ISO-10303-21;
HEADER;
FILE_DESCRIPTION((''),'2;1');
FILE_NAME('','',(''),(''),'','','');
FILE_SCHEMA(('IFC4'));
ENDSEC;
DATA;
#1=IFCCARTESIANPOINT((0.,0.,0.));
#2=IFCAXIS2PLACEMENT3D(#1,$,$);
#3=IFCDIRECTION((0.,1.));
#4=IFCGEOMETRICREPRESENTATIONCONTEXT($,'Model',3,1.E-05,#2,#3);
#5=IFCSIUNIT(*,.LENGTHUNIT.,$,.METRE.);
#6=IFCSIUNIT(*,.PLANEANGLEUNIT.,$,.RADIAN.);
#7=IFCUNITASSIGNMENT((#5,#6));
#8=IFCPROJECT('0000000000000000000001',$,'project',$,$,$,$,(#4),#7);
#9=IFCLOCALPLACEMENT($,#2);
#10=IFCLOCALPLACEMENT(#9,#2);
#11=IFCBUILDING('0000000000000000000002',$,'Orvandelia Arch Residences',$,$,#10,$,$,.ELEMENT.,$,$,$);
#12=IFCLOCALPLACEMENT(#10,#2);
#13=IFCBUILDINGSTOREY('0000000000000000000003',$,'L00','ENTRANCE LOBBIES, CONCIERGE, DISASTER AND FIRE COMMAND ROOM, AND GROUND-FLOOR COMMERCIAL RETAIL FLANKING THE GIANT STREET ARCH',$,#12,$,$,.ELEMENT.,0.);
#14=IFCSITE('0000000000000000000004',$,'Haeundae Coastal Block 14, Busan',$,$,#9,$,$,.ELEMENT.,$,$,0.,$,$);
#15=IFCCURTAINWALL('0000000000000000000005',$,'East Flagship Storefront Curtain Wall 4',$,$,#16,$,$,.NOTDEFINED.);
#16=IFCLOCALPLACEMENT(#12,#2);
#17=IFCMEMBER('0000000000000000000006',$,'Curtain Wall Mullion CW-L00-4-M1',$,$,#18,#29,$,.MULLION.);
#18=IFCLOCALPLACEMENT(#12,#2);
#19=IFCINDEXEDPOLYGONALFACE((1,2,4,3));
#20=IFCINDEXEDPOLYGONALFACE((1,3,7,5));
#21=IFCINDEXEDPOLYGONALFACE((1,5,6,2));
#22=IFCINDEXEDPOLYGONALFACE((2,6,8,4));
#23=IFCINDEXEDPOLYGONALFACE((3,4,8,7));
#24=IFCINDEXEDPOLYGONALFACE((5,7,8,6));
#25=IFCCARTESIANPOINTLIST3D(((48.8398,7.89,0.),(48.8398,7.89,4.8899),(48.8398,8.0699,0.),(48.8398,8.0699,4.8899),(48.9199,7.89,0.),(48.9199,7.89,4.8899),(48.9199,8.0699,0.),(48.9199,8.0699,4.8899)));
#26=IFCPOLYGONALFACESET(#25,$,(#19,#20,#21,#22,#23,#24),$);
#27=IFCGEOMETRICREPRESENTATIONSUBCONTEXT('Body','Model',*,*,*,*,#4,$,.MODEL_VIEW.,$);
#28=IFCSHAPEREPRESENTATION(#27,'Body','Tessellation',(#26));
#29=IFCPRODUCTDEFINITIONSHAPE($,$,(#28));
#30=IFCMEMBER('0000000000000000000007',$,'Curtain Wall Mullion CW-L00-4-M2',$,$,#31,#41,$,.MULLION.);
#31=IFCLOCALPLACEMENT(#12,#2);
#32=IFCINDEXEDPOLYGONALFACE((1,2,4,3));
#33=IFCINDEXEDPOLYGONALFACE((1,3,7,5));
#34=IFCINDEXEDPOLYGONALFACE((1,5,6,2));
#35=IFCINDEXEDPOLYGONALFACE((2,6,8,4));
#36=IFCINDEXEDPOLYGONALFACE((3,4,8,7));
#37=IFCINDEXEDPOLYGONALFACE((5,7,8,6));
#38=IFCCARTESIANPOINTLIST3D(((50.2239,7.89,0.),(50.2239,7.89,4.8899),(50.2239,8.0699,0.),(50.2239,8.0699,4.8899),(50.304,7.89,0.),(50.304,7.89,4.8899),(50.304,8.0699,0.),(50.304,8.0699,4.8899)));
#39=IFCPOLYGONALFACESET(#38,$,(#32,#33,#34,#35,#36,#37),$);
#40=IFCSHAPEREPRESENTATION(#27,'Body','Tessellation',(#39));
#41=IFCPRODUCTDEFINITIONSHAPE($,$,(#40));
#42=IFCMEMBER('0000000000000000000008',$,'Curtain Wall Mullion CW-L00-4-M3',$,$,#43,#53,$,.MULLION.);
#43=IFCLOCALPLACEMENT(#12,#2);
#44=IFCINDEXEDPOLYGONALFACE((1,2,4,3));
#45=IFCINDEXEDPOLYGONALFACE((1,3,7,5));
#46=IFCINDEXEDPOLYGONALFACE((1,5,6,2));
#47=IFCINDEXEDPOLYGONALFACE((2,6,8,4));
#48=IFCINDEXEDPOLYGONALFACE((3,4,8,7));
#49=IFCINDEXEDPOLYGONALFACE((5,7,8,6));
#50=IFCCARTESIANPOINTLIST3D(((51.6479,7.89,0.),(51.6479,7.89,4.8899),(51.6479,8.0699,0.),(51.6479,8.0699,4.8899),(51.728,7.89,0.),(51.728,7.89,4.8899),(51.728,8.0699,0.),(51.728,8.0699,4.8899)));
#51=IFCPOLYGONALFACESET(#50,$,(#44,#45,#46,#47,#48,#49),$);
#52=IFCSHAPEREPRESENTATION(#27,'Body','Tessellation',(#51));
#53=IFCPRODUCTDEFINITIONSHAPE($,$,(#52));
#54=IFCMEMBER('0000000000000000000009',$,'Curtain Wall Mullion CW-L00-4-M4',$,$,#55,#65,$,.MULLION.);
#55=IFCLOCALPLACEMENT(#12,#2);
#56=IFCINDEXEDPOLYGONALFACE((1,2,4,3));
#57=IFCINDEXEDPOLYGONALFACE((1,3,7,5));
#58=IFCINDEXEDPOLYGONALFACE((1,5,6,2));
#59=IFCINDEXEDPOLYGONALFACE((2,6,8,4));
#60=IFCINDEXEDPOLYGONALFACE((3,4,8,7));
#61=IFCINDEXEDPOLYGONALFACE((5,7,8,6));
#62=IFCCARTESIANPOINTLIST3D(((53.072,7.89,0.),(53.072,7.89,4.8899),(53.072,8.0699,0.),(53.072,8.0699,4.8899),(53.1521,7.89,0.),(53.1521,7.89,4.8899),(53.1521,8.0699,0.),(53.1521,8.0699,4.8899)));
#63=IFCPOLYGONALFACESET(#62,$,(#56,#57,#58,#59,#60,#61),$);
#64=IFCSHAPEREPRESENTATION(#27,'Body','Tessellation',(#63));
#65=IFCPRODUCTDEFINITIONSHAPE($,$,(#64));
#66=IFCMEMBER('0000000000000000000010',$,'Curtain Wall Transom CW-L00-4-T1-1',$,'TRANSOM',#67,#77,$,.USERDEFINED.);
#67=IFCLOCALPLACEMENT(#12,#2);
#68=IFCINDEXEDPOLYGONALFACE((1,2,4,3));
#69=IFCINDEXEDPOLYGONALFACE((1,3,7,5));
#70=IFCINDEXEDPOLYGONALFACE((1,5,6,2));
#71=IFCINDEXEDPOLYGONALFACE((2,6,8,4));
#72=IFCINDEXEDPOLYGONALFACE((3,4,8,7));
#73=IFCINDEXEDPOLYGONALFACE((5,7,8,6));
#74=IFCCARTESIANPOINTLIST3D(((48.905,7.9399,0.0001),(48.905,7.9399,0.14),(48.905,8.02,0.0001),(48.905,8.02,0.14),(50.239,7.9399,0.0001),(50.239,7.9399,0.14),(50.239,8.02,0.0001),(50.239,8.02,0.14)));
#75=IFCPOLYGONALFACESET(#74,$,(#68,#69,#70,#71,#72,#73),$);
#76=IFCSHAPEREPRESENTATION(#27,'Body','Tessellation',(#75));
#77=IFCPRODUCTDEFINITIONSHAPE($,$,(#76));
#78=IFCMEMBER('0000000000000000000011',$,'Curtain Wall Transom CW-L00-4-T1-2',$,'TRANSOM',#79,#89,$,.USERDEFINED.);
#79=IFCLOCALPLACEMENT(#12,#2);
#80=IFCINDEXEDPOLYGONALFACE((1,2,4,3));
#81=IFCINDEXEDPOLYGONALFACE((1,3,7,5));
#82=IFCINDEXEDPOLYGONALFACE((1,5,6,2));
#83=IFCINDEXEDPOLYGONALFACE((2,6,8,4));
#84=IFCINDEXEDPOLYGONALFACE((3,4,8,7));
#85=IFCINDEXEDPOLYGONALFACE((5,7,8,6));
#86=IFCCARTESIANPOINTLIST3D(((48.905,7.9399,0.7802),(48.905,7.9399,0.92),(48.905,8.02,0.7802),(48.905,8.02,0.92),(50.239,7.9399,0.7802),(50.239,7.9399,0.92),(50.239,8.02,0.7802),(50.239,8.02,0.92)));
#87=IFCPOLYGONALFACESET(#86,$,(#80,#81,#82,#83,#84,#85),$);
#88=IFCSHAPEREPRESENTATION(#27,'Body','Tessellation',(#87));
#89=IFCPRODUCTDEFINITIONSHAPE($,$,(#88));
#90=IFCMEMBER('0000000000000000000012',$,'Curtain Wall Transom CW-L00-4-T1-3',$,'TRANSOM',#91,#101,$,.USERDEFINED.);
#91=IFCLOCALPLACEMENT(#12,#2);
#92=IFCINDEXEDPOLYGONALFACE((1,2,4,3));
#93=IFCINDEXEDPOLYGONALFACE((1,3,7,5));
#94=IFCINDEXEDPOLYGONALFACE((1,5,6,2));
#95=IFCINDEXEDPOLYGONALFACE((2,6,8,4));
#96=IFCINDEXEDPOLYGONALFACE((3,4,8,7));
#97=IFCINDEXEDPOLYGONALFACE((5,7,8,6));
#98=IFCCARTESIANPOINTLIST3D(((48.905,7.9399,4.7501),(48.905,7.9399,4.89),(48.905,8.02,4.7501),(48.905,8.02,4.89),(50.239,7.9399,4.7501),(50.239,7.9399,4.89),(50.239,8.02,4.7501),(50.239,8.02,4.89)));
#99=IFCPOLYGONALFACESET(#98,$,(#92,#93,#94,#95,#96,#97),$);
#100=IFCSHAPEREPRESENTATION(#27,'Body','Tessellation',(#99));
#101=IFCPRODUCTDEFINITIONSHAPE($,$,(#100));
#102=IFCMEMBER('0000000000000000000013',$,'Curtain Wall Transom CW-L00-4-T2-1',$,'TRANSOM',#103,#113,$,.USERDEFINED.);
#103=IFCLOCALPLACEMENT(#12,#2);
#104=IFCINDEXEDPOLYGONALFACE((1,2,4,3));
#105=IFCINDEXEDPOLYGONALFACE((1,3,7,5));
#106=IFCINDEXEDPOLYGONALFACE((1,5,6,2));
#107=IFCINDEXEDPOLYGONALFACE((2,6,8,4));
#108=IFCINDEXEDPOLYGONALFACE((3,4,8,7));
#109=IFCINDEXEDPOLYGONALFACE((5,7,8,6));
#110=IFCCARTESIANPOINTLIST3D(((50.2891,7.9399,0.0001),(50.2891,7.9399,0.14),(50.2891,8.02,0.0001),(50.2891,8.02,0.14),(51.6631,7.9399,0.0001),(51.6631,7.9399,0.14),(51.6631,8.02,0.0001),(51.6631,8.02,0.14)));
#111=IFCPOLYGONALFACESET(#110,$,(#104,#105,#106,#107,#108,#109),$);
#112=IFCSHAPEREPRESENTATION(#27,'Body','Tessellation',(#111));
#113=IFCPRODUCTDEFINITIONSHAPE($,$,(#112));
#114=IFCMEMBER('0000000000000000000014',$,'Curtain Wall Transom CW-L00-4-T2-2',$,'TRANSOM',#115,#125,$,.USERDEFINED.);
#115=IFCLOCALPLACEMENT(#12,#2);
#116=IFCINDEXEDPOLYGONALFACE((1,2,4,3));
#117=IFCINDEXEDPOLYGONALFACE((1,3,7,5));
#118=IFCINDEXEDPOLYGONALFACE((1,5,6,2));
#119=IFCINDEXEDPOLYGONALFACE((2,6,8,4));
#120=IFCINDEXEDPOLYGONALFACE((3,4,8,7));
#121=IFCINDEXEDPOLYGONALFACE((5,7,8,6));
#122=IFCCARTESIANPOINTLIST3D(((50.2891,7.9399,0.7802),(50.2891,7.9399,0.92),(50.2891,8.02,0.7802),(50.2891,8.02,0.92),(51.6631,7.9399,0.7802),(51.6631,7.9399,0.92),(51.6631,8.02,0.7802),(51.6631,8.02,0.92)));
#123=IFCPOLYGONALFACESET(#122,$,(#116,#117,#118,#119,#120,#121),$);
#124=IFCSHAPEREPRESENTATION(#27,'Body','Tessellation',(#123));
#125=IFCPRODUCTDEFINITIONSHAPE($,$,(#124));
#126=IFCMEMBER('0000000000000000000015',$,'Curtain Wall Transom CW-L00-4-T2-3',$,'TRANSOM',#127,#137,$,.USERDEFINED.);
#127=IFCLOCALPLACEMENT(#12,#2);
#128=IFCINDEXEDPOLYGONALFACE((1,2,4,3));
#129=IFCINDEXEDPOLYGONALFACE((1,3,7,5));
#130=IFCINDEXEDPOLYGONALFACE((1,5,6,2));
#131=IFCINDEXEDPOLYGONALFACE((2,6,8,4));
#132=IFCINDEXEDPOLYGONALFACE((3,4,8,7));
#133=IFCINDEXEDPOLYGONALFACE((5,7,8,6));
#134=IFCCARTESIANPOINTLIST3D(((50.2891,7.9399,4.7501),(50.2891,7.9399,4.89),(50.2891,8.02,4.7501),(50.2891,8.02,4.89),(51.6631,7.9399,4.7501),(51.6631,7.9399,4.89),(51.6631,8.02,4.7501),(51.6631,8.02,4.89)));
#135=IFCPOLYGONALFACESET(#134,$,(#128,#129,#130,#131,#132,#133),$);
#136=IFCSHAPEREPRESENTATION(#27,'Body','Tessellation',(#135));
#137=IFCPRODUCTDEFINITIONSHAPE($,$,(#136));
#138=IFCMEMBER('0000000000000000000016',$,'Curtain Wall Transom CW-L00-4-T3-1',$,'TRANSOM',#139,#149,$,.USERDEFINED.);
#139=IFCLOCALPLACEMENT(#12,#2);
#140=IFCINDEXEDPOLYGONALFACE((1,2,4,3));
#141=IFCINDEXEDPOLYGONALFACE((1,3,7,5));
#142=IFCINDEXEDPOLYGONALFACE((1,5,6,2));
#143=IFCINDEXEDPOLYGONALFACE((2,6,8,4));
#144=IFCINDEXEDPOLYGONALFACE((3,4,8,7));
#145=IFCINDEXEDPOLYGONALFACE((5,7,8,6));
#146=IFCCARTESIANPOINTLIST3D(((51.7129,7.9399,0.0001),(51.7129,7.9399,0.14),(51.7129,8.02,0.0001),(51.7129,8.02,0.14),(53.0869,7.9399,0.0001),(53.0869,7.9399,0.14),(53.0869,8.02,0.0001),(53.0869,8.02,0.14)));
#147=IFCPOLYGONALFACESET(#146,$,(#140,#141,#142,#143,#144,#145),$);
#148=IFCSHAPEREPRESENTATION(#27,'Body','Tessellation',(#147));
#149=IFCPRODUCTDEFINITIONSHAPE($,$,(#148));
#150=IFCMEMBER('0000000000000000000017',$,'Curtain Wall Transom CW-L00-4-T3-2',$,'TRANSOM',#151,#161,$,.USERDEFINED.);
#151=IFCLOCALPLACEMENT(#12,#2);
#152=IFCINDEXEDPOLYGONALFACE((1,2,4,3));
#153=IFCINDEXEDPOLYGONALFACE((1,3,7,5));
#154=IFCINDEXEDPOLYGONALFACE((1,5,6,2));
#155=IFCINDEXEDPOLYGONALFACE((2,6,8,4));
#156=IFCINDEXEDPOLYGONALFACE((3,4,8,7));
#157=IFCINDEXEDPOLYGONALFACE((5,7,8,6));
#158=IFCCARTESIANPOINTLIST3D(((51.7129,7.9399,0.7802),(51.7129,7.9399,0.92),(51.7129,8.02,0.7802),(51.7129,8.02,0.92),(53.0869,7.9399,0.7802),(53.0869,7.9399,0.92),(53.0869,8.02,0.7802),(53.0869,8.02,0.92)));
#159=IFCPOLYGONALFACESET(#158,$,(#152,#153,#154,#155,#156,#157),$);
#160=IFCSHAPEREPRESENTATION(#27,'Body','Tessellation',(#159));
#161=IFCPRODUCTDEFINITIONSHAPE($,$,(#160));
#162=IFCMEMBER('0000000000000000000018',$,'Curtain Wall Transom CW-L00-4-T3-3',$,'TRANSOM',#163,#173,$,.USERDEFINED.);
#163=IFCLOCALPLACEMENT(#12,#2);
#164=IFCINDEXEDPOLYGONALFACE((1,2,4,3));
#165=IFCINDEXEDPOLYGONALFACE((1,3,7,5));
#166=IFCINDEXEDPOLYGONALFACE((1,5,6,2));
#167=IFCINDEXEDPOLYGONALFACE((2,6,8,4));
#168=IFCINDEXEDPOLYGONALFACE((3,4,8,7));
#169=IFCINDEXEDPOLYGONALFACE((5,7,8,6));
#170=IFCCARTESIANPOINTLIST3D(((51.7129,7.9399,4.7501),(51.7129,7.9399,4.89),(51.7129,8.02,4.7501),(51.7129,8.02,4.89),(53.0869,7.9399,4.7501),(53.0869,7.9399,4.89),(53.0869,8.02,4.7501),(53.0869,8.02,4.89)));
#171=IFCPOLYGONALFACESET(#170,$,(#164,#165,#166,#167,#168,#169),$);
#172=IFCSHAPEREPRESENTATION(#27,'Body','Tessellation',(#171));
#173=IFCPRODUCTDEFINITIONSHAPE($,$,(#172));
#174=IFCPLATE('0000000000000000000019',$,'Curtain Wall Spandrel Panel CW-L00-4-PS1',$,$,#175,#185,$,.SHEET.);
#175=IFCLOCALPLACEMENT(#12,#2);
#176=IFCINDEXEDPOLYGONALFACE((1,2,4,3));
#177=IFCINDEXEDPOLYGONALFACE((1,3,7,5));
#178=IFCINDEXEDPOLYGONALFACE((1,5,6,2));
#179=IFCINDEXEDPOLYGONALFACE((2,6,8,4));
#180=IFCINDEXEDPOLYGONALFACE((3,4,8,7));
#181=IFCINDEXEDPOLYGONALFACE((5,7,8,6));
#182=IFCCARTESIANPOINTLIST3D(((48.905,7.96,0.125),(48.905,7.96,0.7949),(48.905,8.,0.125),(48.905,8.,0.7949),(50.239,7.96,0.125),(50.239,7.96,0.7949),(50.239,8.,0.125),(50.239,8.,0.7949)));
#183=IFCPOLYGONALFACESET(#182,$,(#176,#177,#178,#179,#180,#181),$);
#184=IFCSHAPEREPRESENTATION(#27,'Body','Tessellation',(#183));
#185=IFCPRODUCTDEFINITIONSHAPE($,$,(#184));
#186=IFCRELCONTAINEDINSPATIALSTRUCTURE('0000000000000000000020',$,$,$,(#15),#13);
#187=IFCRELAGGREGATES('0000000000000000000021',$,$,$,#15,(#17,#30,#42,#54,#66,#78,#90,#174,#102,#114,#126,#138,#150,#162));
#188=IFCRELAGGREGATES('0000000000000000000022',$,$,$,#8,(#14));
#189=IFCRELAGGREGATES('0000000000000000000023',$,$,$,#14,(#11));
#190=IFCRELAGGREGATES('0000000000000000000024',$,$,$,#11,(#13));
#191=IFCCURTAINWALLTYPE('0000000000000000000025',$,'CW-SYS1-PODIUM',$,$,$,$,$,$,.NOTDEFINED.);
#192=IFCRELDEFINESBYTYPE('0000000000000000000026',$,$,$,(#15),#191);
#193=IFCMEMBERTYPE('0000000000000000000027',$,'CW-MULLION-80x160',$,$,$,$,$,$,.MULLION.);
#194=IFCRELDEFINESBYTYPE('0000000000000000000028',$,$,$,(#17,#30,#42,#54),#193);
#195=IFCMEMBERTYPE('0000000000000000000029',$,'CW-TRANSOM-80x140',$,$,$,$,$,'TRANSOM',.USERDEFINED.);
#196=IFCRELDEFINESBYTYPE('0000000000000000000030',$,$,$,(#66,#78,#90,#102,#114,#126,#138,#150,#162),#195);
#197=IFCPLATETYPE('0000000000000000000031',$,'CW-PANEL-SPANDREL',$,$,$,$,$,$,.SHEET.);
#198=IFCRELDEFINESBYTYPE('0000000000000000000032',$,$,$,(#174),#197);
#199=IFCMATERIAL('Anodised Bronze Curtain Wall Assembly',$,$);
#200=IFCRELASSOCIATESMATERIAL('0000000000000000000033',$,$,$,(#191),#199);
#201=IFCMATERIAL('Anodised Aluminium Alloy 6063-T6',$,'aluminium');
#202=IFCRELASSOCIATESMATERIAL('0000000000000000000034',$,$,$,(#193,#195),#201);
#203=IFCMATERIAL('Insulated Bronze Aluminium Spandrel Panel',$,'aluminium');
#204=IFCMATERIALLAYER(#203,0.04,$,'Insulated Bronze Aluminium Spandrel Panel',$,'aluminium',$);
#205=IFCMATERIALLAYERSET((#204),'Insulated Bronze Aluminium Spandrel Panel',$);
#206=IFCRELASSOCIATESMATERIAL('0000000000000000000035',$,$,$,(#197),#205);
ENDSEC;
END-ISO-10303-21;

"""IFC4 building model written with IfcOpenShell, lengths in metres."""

from ifc_helpers import new_model, si_unit, direction, frame, origin, origin_2d, place, context, subcontext, project, spatial, rectangle, extrude, material, layer, layer_set, material_profile, profile_set, type_object, element, aggregate, save


model = new_model("IFC4")

# Units and contexts
model_context = context("Model", 3, precision=1e-05, world=origin(), true_north=direction((0.0, 1.0)))
body_context = subcontext(model_context, "Body", "Model", "MODEL_VIEW")
ifc_project = project(units=[si_unit("LENGTHUNIT", "METRE"), si_unit("PLANEANGLEUNIT", "RADIAN")], contexts=[model_context])

# Site, building, storey
site_placement = place(None, origin())
site = spatial("IfcSite", under=ifc_project, at=site_placement, Name="Haeundae Coastal Block 14, Busan", CompositionType="ELEMENT", RefElevation=0.0)
building_placement = place(site_placement, origin())
building = spatial("IfcBuilding", under=site, at=building_placement, Name="Orvandelia Arch Residences", CompositionType="ELEMENT")
storey_placement = place(building_placement, origin())
storey = spatial("IfcBuildingStorey", under=building, at=storey_placement, Name="L00", Description="ENTRANCE LOBBIES, CONCIERGE, DISASTER AND FIRE COMMAND ROOM, AND GROUND-FLOOR COMMERCIAL RETAIL FLANKING THE GIANT STREET ARCH", CompositionType="ELEMENT", Elevation=0.0)

# Curtain wall, members, plate
ifc_material_1 = material(Name="Anodised Bronze Curtain Wall Assembly")
curtain_wall_type = type_object("IfcCurtainWallType", Name="CW-SYS1-PODIUM", PredefinedType="NOTDEFINED", material=ifc_material_1)
curtain_wall_placement = place(storey_placement, origin())
curtain_wall = element("IfcCurtainWall", 1, at=curtain_wall_placement, inside=storey, type_object=curtain_wall_type, Name="East Flagship Storefront Curtain Wall 4", PredefinedType="NOTDEFINED")
ifc_material_2 = material(Name="Anodised Aluminium Alloy 6063-T6", Category="aluminium")
ifc_material_profile_1 = material_profile(ifc_material_2, rectangle(XDim=0.0801, YDim=0.1799, at=origin_2d()), Name="Anodised Aluminium Alloy 6063-T6", Category="aluminium")
ifc_profile_set_1 = profile_set([ifc_material_profile_1], Name="Anodised Aluminium Alloy 6063-T6")
member_type_1 = type_object("IfcMemberType", Name="CW-MULLION-80x160", PredefinedType="MULLION", material=ifc_profile_set_1)
member_1_placement = place(storey_placement, frame((48.8799, 7.98, 0.0), z_axis=(0.0, 0.0, 1.0), x_axis=(1.0, 0.0, 0.0)))
member_1 = element("IfcMember", 2, at=member_1_placement, type_object=member_type_1, Name="Curtain Wall Mullion CW-L00-4-M1", PredefinedType="MULLION", context=body_context, shape_type="SweptSolid", body=[
    extrude(rectangle(XDim=0.0801, YDim=0.1799, at=origin_2d()), origin(), (0.0, 0.0, 1.0), 4.8899),
])
member_2_placement = place(storey_placement, frame((50.2639, 7.98, 0.0), z_axis=(0.0, 0.0, 1.0), x_axis=(1.0, 0.0, 0.0)))
member_2 = element("IfcMember", 3, at=member_2_placement, type_object=member_type_1, Name="Curtain Wall Mullion CW-L00-4-M2", PredefinedType="MULLION", context=body_context, shape_type="SweptSolid", body=[
    extrude(rectangle(XDim=0.0801, YDim=0.1799, at=origin_2d()), origin(), (0.0, 0.0, 1.0), 4.8899),
])
member_3_placement = place(storey_placement, frame((51.688, 7.98, 0.0), z_axis=(0.0, 0.0, 1.0), x_axis=(1.0, 0.0, 0.0)))
member_3 = element("IfcMember", 4, at=member_3_placement, type_object=member_type_1, Name="Curtain Wall Mullion CW-L00-4-M3", PredefinedType="MULLION", context=body_context, shape_type="SweptSolid", body=[
    extrude(rectangle(XDim=0.0801, YDim=0.1799, at=origin_2d()), origin(), (0.0, 0.0, 1.0), 4.8899),
])
member_4_placement = place(storey_placement, frame((53.1121, 7.98, 0.0), z_axis=(0.0, 0.0, 1.0), x_axis=(1.0, 0.0, 0.0)))
member_4 = element("IfcMember", 5, at=member_4_placement, type_object=member_type_1, Name="Curtain Wall Mullion CW-L00-4-M4", PredefinedType="MULLION", context=body_context, shape_type="SweptSolid", body=[
    extrude(rectangle(XDim=0.0801, YDim=0.1799, at=origin_2d()), origin(), (0.0, 0.0, 1.0), 4.8899),
])
ifc_material_profile_2 = material_profile(ifc_material_2, rectangle(XDim=0.0801, YDim=0.1399, at=origin_2d()), Name="Anodised Aluminium Alloy 6063-T6", Category="aluminium")
ifc_profile_set_2 = profile_set([ifc_material_profile_2], Name="Anodised Aluminium Alloy 6063-T6")
member_type_2 = type_object("IfcMemberType", Name="CW-TRANSOM-80x140", ElementType="TRANSOM", PredefinedType="USERDEFINED", material=ifc_profile_set_2)
member_5_placement = place(storey_placement, frame((48.905, 7.98, 0.0701), z_axis=(1.0, 0.0, 0.0), x_axis=(0.0, 1.0, 0.0)))
member_5 = element("IfcMember", 6, at=member_5_placement, type_object=member_type_2, Name="Curtain Wall Transom CW-L00-4-T1-1", ObjectType="TRANSOM", PredefinedType="USERDEFINED", context=body_context, shape_type="SweptSolid", body=[
    extrude(rectangle(XDim=0.0801, YDim=0.1399, at=origin_2d()), origin(), (0.0, 0.0, 1.0), 1.334),
])
member_6_placement = place(storey_placement, frame((48.905, 7.98, 0.8501), z_axis=(1.0, 0.0, 0.0), x_axis=(0.0, 1.0, 0.0)))
member_6 = element("IfcMember", 7, at=member_6_placement, type_object=member_type_2, Name="Curtain Wall Transom CW-L00-4-T1-2", ObjectType="TRANSOM", PredefinedType="USERDEFINED", context=body_context, shape_type="SweptSolid", body=[
    extrude(rectangle(XDim=0.0801, YDim=0.1399, at=origin_2d()), origin(), (0.0, 0.0, 1.0), 1.334),
])
member_7_placement = place(storey_placement, frame((48.905, 7.98, 4.8201), z_axis=(1.0, 0.0, 0.0), x_axis=(0.0, 1.0, 0.0)))
member_7 = element("IfcMember", 8, at=member_7_placement, type_object=member_type_2, Name="Curtain Wall Transom CW-L00-4-T1-3", ObjectType="TRANSOM", PredefinedType="USERDEFINED", context=body_context, shape_type="SweptSolid", body=[
    extrude(rectangle(XDim=0.0801, YDim=0.1399, at=origin_2d()), origin(), (0.0, 0.0, 1.0), 1.334),
])
member_8_placement = place(storey_placement, frame((50.2891, 7.98, 0.0701), z_axis=(1.0, 0.0, 0.0), x_axis=(0.0, 1.0, 0.0)))
member_8 = element("IfcMember", 9, at=member_8_placement, type_object=member_type_2, Name="Curtain Wall Transom CW-L00-4-T2-1", ObjectType="TRANSOM", PredefinedType="USERDEFINED", context=body_context, shape_type="SweptSolid", body=[
    extrude(rectangle(XDim=0.0801, YDim=0.1399, at=origin_2d()), origin(), (0.0, 0.0, 1.0), 1.374),
])
member_9_placement = place(storey_placement, frame((50.2891, 7.98, 0.8501), z_axis=(1.0, 0.0, 0.0), x_axis=(0.0, 1.0, 0.0)))
member_9 = element("IfcMember", 10, at=member_9_placement, type_object=member_type_2, Name="Curtain Wall Transom CW-L00-4-T2-2", ObjectType="TRANSOM", PredefinedType="USERDEFINED", context=body_context, shape_type="SweptSolid", body=[
    extrude(rectangle(XDim=0.0801, YDim=0.1399, at=origin_2d()), origin(), (0.0, 0.0, 1.0), 1.374),
])
member_10_placement = place(storey_placement, frame((50.2891, 7.98, 4.8201), z_axis=(1.0, 0.0, 0.0), x_axis=(0.0, 1.0, 0.0)))
member_10 = element("IfcMember", 11, at=member_10_placement, type_object=member_type_2, Name="Curtain Wall Transom CW-L00-4-T2-3", ObjectType="TRANSOM", PredefinedType="USERDEFINED", context=body_context, shape_type="SweptSolid", body=[
    extrude(rectangle(XDim=0.0801, YDim=0.1399, at=origin_2d()), origin(), (0.0, 0.0, 1.0), 1.374),
])
member_11_placement = place(storey_placement, frame((51.7129, 7.98, 0.0701), z_axis=(1.0, 0.0, 0.0), x_axis=(0.0, 1.0, 0.0)))
member_11 = element("IfcMember", 12, at=member_11_placement, type_object=member_type_2, Name="Curtain Wall Transom CW-L00-4-T3-1", ObjectType="TRANSOM", PredefinedType="USERDEFINED", context=body_context, shape_type="SweptSolid", body=[
    extrude(rectangle(XDim=0.0801, YDim=0.1399, at=origin_2d()), origin(), (0.0, 0.0, 1.0), 1.374),
])
member_12_placement = place(storey_placement, frame((51.7129, 7.98, 0.8501), z_axis=(1.0, 0.0, 0.0), x_axis=(0.0, 1.0, 0.0)))
member_12 = element("IfcMember", 13, at=member_12_placement, type_object=member_type_2, Name="Curtain Wall Transom CW-L00-4-T3-2", ObjectType="TRANSOM", PredefinedType="USERDEFINED", context=body_context, shape_type="SweptSolid", body=[
    extrude(rectangle(XDim=0.0801, YDim=0.1399, at=origin_2d()), origin(), (0.0, 0.0, 1.0), 1.374),
])
member_13_placement = place(storey_placement, frame((51.7129, 7.98, 4.8201), z_axis=(1.0, 0.0, 0.0), x_axis=(0.0, 1.0, 0.0)))
member_13 = element("IfcMember", 14, at=member_13_placement, type_object=member_type_2, Name="Curtain Wall Transom CW-L00-4-T3-3", ObjectType="TRANSOM", PredefinedType="USERDEFINED", context=body_context, shape_type="SweptSolid", body=[
    extrude(rectangle(XDim=0.0801, YDim=0.1399, at=origin_2d()), origin(), (0.0, 0.0, 1.0), 1.374),
])
ifc_material_3 = material(Name="Insulated Bronze Aluminium Spandrel Panel", Category="aluminium")
ifc_layer_1 = layer(ifc_material_3, 0.04, Name="Insulated Bronze Aluminium Spandrel Panel", Category="aluminium")
ifc_layer_set_1 = layer_set([ifc_layer_1], Name="Insulated Bronze Aluminium Spandrel Panel")
plate_type_1 = type_object("IfcPlateType", Name="CW-PANEL-SPANDREL", PredefinedType="SHEET", material=ifc_layer_set_1)
plate_1_placement = place(storey_placement, frame((49.572, 7.98, 0.125), z_axis=(0.0, 0.0, 1.0), x_axis=(1.0, 0.0, 0.0)))
plate_1 = element("IfcPlate", 15, at=plate_1_placement, type_object=plate_type_1, Name="Curtain Wall Spandrel Panel CW-L00-4-PS1", PredefinedType="SHEET", context=body_context, shape_type="SweptSolid", body=[
    extrude(rectangle(XDim=1.334, YDim=0.04, at=origin_2d()), origin(), (0.0, 0.0, 1.0), 0.6699),
])
aggregate(curtain_wall, [member_1, member_2, member_3, member_4, member_5, member_6, member_7, plate_1, member_8, member_9, member_10, member_11, member_12, member_13])

save(model, "model.ifc")
